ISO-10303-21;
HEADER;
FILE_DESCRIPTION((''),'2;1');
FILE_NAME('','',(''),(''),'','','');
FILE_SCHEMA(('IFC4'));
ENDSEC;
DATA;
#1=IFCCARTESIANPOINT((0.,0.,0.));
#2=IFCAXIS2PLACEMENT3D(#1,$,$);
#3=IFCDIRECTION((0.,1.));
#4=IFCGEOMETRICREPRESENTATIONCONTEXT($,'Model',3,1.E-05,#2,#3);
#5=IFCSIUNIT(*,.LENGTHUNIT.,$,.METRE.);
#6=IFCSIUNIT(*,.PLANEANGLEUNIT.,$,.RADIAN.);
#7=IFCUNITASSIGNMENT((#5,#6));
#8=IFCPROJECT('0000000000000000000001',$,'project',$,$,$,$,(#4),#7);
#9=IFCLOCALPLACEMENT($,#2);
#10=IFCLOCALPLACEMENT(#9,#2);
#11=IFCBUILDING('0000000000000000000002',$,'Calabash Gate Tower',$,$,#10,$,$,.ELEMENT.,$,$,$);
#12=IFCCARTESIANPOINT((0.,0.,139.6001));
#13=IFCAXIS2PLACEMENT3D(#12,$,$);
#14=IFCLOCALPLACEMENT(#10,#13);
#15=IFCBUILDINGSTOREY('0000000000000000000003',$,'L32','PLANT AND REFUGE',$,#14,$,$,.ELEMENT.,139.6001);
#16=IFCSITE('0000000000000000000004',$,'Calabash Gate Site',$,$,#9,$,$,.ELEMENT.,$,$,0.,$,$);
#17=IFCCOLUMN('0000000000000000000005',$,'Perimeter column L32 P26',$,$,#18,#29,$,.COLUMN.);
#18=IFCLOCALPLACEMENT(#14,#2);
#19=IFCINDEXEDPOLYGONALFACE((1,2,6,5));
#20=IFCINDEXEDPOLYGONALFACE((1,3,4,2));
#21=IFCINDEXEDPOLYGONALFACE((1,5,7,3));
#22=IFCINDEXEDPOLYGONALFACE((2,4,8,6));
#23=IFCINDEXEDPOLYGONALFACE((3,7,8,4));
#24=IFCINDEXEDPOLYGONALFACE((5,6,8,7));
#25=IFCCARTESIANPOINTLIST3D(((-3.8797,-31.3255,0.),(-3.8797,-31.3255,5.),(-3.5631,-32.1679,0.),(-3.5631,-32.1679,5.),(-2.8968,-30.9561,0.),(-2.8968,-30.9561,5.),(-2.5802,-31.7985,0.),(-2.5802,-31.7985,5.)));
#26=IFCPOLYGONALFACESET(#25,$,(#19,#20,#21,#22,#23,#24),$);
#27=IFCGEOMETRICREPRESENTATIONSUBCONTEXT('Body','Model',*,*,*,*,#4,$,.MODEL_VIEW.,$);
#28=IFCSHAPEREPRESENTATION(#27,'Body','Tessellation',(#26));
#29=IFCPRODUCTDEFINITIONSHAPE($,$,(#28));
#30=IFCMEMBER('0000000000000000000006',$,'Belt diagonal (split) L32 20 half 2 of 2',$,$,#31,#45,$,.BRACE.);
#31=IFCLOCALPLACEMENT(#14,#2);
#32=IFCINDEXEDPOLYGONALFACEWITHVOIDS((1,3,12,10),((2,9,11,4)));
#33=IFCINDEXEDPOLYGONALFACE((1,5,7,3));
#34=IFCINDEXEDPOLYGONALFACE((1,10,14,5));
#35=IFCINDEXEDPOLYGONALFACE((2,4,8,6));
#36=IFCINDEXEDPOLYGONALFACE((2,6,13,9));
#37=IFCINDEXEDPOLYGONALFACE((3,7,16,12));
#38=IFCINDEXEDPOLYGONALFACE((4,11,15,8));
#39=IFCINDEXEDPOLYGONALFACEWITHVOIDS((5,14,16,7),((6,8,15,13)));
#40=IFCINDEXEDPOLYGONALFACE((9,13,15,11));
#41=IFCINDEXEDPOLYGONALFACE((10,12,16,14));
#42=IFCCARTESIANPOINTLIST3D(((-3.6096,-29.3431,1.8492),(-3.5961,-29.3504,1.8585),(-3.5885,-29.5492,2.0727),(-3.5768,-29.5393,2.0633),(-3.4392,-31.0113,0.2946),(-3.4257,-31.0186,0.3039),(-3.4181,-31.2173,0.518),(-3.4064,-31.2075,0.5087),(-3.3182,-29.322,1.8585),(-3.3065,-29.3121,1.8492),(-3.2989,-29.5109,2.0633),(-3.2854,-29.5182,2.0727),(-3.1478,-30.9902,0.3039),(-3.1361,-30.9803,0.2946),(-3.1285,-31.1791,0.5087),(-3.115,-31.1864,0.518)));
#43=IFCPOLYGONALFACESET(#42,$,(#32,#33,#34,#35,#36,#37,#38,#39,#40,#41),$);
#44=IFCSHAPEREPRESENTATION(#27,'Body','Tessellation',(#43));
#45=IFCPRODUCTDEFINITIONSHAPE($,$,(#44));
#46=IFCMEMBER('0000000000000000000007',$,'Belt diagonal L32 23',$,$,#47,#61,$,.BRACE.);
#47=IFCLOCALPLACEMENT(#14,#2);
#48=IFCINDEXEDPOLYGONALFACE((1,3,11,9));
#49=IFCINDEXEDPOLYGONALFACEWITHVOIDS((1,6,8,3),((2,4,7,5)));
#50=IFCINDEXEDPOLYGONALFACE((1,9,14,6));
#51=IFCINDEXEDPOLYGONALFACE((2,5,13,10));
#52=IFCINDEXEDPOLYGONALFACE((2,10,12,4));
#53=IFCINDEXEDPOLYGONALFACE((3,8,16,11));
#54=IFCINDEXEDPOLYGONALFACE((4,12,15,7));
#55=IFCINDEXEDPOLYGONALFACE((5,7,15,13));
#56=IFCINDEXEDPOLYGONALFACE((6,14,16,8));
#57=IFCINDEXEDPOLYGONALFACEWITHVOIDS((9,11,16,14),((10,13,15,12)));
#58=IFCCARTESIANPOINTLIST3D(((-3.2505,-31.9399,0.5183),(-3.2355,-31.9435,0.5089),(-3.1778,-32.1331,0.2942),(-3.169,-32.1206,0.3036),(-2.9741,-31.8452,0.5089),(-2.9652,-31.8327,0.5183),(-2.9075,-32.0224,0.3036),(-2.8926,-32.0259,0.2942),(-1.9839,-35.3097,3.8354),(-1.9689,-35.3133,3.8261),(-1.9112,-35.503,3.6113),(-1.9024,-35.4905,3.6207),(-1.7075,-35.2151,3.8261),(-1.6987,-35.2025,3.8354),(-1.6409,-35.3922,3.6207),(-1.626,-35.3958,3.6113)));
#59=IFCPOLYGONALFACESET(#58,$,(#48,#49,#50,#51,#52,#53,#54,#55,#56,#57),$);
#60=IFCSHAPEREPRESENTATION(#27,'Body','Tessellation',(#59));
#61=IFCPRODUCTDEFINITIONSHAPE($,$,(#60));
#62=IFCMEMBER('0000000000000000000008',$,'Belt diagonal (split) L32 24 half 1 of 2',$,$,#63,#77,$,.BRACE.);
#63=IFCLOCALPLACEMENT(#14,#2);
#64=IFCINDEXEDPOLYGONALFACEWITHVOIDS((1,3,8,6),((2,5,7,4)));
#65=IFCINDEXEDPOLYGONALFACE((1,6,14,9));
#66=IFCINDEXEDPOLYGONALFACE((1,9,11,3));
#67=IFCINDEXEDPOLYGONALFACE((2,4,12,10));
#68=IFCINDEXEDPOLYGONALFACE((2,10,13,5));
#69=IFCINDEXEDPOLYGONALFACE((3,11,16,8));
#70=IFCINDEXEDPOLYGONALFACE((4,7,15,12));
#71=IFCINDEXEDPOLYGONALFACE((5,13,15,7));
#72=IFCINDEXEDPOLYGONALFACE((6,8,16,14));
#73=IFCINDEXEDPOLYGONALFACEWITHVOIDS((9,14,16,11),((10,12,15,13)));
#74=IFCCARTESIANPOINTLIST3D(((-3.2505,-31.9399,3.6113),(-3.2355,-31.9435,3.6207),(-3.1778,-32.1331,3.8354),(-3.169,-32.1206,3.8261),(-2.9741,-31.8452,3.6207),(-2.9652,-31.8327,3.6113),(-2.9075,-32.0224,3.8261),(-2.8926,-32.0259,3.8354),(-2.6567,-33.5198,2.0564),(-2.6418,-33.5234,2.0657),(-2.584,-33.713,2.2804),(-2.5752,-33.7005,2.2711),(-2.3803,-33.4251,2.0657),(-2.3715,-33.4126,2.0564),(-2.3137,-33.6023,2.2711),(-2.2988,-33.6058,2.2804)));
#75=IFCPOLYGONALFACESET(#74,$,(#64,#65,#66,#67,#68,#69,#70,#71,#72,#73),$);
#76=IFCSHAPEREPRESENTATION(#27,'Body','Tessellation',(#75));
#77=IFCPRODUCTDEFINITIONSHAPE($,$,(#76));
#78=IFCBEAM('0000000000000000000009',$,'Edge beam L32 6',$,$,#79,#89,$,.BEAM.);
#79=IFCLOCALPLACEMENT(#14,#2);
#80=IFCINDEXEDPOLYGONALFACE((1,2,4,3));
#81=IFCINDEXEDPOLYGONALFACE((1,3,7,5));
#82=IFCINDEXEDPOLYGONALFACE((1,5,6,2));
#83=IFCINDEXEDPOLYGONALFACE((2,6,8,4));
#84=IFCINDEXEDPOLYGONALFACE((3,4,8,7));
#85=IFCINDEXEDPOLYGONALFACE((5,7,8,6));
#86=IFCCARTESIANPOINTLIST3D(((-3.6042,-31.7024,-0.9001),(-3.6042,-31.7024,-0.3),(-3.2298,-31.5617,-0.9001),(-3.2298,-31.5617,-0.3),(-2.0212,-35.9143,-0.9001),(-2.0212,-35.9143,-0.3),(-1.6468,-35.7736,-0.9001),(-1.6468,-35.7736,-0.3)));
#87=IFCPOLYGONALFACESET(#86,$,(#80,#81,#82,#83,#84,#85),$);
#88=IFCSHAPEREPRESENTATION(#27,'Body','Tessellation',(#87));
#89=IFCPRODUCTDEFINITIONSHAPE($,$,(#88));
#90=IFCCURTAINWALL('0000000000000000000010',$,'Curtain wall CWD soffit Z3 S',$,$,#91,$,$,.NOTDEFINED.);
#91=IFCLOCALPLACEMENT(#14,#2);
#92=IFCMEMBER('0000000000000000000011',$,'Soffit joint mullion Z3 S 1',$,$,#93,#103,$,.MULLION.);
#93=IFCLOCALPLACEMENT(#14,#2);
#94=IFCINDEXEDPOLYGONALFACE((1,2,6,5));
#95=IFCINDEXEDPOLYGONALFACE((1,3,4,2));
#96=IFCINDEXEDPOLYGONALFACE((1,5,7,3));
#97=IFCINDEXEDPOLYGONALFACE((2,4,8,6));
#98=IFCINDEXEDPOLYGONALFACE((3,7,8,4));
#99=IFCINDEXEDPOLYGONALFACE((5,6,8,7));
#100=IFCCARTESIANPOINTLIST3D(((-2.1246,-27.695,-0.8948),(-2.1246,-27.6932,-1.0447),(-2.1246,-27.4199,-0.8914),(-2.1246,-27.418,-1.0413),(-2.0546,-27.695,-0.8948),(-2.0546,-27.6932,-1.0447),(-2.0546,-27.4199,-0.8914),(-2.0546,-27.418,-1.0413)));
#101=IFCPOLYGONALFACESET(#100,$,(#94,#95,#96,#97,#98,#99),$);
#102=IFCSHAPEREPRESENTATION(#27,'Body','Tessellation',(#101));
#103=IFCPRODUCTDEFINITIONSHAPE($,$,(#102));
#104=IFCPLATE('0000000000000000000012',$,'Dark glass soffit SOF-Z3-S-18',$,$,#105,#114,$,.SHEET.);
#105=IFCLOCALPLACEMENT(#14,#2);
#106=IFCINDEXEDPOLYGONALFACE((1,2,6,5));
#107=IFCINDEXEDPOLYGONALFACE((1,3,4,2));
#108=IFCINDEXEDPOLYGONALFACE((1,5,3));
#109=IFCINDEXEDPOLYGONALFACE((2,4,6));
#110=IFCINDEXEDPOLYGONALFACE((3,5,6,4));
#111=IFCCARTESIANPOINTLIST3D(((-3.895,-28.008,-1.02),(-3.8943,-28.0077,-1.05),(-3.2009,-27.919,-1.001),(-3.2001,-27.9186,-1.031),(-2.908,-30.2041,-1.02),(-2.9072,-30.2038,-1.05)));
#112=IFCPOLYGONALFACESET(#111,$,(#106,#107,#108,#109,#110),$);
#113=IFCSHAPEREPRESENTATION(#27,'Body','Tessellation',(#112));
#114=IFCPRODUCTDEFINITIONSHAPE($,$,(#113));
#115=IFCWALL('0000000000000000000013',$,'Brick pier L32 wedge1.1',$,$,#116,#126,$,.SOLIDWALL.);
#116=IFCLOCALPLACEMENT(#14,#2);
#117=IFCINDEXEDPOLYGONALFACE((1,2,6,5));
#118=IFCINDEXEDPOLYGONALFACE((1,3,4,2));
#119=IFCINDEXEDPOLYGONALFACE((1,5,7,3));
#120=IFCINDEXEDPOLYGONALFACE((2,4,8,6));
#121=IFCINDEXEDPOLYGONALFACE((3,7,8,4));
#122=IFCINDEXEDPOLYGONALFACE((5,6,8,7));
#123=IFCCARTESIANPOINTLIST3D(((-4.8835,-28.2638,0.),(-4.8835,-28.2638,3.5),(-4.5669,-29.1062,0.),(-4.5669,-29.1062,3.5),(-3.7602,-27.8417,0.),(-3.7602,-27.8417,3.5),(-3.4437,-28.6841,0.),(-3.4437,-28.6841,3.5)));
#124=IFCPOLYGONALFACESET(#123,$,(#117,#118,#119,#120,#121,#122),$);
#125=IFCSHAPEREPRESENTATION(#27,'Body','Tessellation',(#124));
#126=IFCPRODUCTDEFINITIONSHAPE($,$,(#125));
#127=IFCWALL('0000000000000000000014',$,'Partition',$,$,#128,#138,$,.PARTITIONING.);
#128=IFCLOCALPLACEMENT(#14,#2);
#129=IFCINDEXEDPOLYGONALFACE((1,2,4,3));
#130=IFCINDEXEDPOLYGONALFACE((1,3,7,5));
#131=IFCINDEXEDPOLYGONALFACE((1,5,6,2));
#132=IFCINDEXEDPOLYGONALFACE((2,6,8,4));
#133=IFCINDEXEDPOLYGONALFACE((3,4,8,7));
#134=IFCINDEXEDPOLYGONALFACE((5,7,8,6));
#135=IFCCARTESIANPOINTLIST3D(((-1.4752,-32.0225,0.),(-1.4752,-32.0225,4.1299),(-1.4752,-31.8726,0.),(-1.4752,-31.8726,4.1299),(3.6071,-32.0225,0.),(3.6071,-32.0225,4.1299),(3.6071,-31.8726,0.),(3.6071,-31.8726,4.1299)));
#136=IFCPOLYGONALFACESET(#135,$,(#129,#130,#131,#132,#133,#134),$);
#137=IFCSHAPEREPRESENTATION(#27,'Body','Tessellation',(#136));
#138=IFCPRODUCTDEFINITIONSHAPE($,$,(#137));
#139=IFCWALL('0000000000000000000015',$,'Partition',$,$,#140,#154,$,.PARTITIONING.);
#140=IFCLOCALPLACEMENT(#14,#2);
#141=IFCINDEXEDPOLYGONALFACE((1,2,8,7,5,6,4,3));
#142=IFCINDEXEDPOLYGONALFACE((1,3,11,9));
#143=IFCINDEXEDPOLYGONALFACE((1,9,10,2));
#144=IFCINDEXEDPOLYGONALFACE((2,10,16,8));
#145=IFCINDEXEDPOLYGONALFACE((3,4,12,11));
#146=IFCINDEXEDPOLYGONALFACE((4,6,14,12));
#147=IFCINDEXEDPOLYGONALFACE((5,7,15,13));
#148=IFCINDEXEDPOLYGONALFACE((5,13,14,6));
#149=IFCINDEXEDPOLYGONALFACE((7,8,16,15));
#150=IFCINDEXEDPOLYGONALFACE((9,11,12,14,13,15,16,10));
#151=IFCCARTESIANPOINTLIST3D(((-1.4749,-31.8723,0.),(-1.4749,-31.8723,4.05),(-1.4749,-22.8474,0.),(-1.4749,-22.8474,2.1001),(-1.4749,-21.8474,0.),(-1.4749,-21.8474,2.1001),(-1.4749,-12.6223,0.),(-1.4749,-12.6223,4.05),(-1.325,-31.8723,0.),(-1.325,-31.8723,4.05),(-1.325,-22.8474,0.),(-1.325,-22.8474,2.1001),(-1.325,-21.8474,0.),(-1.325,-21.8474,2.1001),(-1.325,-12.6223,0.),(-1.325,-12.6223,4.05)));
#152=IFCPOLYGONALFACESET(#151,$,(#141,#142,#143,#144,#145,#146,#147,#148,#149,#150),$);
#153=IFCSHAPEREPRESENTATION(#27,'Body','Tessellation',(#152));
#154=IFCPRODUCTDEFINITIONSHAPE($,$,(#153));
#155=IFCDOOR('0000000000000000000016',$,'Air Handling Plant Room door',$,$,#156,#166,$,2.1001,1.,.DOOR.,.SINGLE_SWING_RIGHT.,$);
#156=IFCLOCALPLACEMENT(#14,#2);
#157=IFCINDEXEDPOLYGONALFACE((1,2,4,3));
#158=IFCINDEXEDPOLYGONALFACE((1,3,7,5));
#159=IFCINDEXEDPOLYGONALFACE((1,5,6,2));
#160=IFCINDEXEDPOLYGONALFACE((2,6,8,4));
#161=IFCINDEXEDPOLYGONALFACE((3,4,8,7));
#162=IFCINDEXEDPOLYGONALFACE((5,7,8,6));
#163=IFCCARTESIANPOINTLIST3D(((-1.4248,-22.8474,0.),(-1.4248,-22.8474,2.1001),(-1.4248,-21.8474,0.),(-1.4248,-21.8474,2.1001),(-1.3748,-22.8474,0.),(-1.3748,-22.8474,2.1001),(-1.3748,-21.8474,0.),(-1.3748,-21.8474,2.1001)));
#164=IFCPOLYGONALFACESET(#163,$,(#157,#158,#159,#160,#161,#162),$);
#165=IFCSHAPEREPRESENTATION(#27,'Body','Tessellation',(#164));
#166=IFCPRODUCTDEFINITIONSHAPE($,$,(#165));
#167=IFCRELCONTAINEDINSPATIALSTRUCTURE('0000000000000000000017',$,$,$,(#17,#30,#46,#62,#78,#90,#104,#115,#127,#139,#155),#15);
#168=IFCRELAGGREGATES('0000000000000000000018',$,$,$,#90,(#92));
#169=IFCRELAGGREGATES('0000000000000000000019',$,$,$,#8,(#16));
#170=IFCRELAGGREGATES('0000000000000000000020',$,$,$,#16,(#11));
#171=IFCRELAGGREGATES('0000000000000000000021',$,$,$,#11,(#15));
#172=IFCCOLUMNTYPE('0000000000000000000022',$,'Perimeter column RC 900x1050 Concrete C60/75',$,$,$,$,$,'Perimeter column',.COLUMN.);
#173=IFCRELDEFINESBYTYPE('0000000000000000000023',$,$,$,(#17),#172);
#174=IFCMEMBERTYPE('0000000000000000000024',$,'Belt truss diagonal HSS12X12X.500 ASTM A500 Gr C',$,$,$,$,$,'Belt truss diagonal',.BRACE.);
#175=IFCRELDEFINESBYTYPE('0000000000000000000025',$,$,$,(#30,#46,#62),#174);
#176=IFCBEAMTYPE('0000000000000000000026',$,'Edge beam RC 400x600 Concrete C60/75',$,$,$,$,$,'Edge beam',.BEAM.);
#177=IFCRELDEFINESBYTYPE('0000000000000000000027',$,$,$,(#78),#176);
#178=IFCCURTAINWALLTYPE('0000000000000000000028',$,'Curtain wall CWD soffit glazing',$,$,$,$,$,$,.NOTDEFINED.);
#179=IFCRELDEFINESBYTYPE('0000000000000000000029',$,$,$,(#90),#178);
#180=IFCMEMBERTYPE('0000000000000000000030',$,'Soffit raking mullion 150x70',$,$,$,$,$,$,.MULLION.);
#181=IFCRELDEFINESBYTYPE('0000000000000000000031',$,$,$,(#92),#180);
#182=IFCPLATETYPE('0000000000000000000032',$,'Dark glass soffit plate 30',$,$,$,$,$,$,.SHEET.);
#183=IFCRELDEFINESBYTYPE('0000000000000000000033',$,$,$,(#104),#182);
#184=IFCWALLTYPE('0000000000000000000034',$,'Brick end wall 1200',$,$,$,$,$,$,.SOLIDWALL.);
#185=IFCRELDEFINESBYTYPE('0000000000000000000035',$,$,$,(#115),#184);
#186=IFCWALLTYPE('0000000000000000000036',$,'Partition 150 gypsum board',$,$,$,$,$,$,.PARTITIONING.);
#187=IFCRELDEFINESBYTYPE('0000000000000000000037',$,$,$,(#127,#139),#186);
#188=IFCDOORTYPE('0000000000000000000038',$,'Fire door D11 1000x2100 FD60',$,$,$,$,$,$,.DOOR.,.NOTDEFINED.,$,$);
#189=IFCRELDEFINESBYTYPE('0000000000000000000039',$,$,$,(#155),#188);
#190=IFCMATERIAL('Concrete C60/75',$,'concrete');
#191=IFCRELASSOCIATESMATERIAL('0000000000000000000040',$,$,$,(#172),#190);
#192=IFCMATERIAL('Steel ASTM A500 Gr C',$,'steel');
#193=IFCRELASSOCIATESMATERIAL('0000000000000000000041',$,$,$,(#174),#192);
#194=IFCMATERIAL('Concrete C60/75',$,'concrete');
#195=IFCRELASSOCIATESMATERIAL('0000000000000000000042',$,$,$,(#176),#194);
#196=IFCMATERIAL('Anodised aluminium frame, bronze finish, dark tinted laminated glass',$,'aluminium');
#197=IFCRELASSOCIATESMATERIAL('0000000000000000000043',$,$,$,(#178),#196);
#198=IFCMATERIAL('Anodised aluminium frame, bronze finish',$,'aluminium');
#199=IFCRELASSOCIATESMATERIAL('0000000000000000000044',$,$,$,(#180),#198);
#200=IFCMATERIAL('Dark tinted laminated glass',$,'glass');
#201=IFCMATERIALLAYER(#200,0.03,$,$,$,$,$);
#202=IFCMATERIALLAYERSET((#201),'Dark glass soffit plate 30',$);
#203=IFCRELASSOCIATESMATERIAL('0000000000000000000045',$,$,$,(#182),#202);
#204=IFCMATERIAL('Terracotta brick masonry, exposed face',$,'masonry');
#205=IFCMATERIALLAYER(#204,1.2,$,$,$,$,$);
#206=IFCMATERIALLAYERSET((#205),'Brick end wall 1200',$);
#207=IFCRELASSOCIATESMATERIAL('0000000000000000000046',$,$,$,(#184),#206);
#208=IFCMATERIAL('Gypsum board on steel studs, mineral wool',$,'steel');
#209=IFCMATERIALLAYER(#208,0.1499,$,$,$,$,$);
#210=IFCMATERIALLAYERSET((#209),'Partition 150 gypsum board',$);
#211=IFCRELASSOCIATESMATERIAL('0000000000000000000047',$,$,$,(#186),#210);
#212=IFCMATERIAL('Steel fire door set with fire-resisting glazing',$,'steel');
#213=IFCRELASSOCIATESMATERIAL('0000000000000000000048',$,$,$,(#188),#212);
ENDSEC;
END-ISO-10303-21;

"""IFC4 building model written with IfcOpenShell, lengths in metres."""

from ifc_helpers import new_model, si_unit, direction, frame, frame_2d, origin, origin_2d, place, context, subcontext, project, spatial, polyline, rectangle, hollow_rectangle, outline, extrude, material, layer, layer_set, material_profile, profile_set, type_object, element, fill, aggregate, save


model = new_model("IFC4")

# Units and contexts
model_context = context("Model", 3, precision=1e-05, world=origin(), true_north=direction((0.0, 1.0)))
body_context = subcontext(model_context, "Body", "Model", "MODEL_VIEW")
ifc_project = project(units=[si_unit("LENGTHUNIT", "METRE"), si_unit("PLANEANGLEUNIT", "RADIAN")], contexts=[model_context])

# Site, building, storey
site_placement = place(None, origin())
site = spatial("IfcSite", under=ifc_project, at=site_placement, Name="Calabash Gate Site", CompositionType="ELEMENT", RefElevation=0.0)
building_placement = place(site_placement, origin())
building = spatial("IfcBuilding", under=site, at=building_placement, Name="Calabash Gate Tower", CompositionType="ELEMENT")
storey_placement = place(building_placement, frame((0.0, 0.0, 139.6001)))
storey = spatial("IfcBuildingStorey", under=building, at=storey_placement, Name="L32", Description="PLANT AND REFUGE", CompositionType="ELEMENT", Elevation=139.6001)

# Column
ifc_material_1 = material(Name="Concrete C60/75", Category="concrete")
ifc_material_profile_1 = material_profile(ifc_material_1, rectangle(XDim=0.8999, YDim=1.05, at=origin_2d()))
ifc_profile_set_1 = profile_set([ifc_material_profile_1], Name="Concrete C60/75")
column_type = type_object("IfcColumnType", Name="Perimeter column RC 900x1050 Concrete C60/75", ElementType="Perimeter column", PredefinedType="COLUMN", material=ifc_profile_set_1)
column_placement = place(storey_placement, frame((-3.23, -31.562, 0.0), z_axis=(0.0, 0.0, 1.0), x_axis=(0.351822, -0.936067, 0.0)))
element("IfcColumn", 1, at=column_placement, inside=storey, type_object=column_type, Name="Perimeter column L32 P26", PredefinedType="COLUMN", context=body_context, shape_type="SweptSolid", body=[
    extrude(rectangle(XDim=0.8999, YDim=1.05, at=origin_2d()), origin(), (0.0, 0.0, 1.0), 5.0),
])

# Members
ifc_material_2 = material(Name="Steel ASTM A500 Gr C", Category="steel")
ifc_material_profile_2 = material_profile(ifc_material_2, hollow_rectangle(XDim=0.3047, YDim=0.3047, WallThickness=0.0127, at=origin_2d()))
ifc_profile_set_2 = profile_set([ifc_material_profile_2], Name="Steel ASTM A500 Gr C")
member_type_1 = type_object("IfcMemberType", Name="Belt truss diagonal HSS12X12X.500 ASTM A500 Gr C", ElementType="Belt truss diagonal", PredefinedType="BRACE", material=ifc_profile_set_2)
member_1_placement = place(storey_placement, frame((-3.4475, -29.4307, 1.9609), z_axis=(0.074522, -0.729526, -0.679881), x_axis=(0.994823, 0.101622, 0.0)))
element("IfcMember", 2, at=member_1_placement, inside=storey, type_object=member_type_1, Name="Belt diagonal (split) L32 20 half 2 of 2", PredefinedType="BRACE", context=body_context, shape_type="SweptSolid", body=[
    extrude(hollow_rectangle(XDim=0.3047, YDim=0.3047, WallThickness=0.0127, at=origin_2d()), origin(), (0.0, 0.0, 1.0), 2.2866),
])
member_2_placement = place(storey_placement, frame((-3.0715, -31.9829, 0.4062), z_axis=(0.25874, -0.688393, 0.67762), x_axis=(0.936064, 0.351829, 0.0)))
element("IfcMember", 3, at=member_2_placement, inside=storey, type_object=member_type_1, Name="Belt diagonal L32 23", PredefinedType="BRACE", context=body_context, shape_type="SweptSolid", body=[
    extrude(hollow_rectangle(XDim=0.3047, YDim=0.3047, WallThickness=0.0127, at=origin_2d()), origin(), (0.0, 0.0, 1.0), 4.8953),
])
member_3_placement = place(storey_placement, frame((-3.0715, -31.9829, 3.7234), z_axis=(0.258734, -0.688433, -0.677581), x_axis=(0.936073, 0.351805, 0.0)))
element("IfcMember", 4, at=member_3_placement, inside=storey, type_object=member_type_1, Name="Belt diagonal (split) L32 24 half 1 of 2", PredefinedType="BRACE", context=body_context, shape_type="SweptSolid", body=[
    extrude(hollow_rectangle(XDim=0.3047, YDim=0.3047, WallThickness=0.0127, at=origin_2d()), origin(), (0.0, 0.0, 1.0), 2.2949),
])

# Beam
ifc_material_3 = material(Name="Concrete C60/75", Category="concrete")
ifc_material_profile_3 = material_profile(ifc_material_3, rectangle(XDim=0.3999, YDim=0.6001, at=origin_2d()))
ifc_profile_set_3 = profile_set([ifc_material_profile_3], Name="Concrete C60/75")
beam_type = type_object("IfcBeamType", Name="Edge beam RC 400x600 Concrete C60/75", ElementType="Edge beam", PredefinedType="BEAM", material=ifc_profile_set_3)
beam_placement = place(storey_placement, frame((-3.417, -31.6321, -0.6001), z_axis=(0.351813, -0.93607, 0.0), x_axis=(0.93607, 0.351813, 0.0)))
element("IfcBeam", 5, at=beam_placement, inside=storey, type_object=beam_type, Name="Edge beam L32 6", PredefinedType="BEAM", context=body_context, shape_type="SweptSolid", body=[
    extrude(rectangle(XDim=0.3999, YDim=0.6001, at=origin_2d()), origin(), (0.0, 0.0, 1.0), 4.4995),
])

# Curtain wall, member
ifc_material_4 = material(Name="Anodised aluminium frame, bronze finish, dark tinted laminated glass", Category="aluminium")
curtain_wall_type = type_object("IfcCurtainWallType", Name="Curtain wall CWD soffit glazing", PredefinedType="NOTDEFINED", material=ifc_material_4)
curtain_wall_placement = place(storey_placement, origin())
curtain_wall = element("IfcCurtainWall", 6, at=curtain_wall_placement, inside=storey, type_object=curtain_wall_type, Name="Curtain wall CWD soffit Z3 S", PredefinedType="NOTDEFINED")
ifc_material_5 = material(Name="Anodised aluminium frame, bronze finish", Category="aluminium")
ifc_material_profile_4 = material_profile(ifc_material_5, rectangle(XDim=0.1499, YDim=0.0701, at=origin_2d()))
ifc_profile_set_4 = profile_set([ifc_material_profile_4], Name="Anodised aluminium frame, bronze finish")
member_type_2 = type_object("IfcMemberType", Name="Soffit raking mullion 150x70", PredefinedType="MULLION", material=ifc_profile_set_4)
member_4_placement = place(storey_placement, frame((-2.0896, -27.6941, -0.9697), z_axis=(0.0, 0.999923, 0.012421), x_axis=(0.0, -0.012421, 0.999923)))
member_4 = element("IfcMember", 7, at=member_4_placement, type_object=member_type_2, Name="Soffit joint mullion Z3 S 1", PredefinedType="MULLION", context=body_context, shape_type="SweptSolid", body=[
    extrude(rectangle(XDim=0.1499, YDim=0.0701, at=origin_2d()), origin(), (0.0, 0.0, 1.0), 0.2751),
])
aggregate(curtain_wall, [member_4])

# Plate
ifc_material_6 = material(Name="Dark tinted laminated glass", Category="glass")
ifc_layer_1 = layer(ifc_material_6, 0.03)
ifc_layer_set_1 = layer_set([ifc_layer_1], Name="Dark glass soffit plate 30")
plate_type = type_object("IfcPlateType", Name="Dark glass soffit plate 30", PredefinedType="SHEET", material=ifc_layer_set_1)
plate_placement = place(storey_placement, frame((-2.908, -30.2041, -1.02), z_axis=(-0.025928, -0.011654, 0.999596), x_axis=(-0.409964, 0.912102, 0.0)))
element("IfcPlate", 8, at=plate_placement, inside=storey, type_object=plate_type, Name="Dark glass soffit SOF-Z3-S-18", PredefinedType="SHEET", context=body_context, shape_type="SweptSolid", body=[
    extrude(outline(polyline([(0.0, 0.0), (2.4077, 0.0), (2.2043, -0.6699), (0.0, 0.0)])), origin(), (0.0, 0.0, -1.0), 0.03),
])

# Walls
ifc_material_7 = material(Name="Terracotta brick masonry, exposed face", Category="masonry")
ifc_layer_2 = layer(ifc_material_7, 1.2)
ifc_layer_set_2 = layer_set([ifc_layer_2], Name="Brick end wall 1200")
wall_type_1 = type_object("IfcWallType", Name="Brick end wall 1200", PredefinedType="SOLIDWALL", material=ifc_layer_set_2)
wall_1_placement = place(storey_placement, frame((-4.7253, -28.6851, 0.0), z_axis=(0.0, 0.0, 1.0), x_axis=(0.936086, 0.35177, 0.0)))
element("IfcWall", 9, at=wall_1_placement, inside=storey, type_object=wall_type_1, Name="Brick pier L32 wedge1.1", PredefinedType="SOLIDWALL", context=body_context, shape_type="SweptSolid", body=[
    extrude(rectangle(XDim=1.2, YDim=0.8999, at=frame_2d((0.6001, 0.0))), origin(), (0.0, 0.0, 1.0), 3.5),
])
ifc_material_8 = material(Name="Gypsum board on steel studs, mineral wool", Category="steel")
ifc_layer_3 = layer(ifc_material_8, 0.1499)
ifc_layer_set_3 = layer_set([ifc_layer_3], Name="Partition 150 gypsum board")
wall_type_2 = type_object("IfcWallType", Name="Partition 150 gypsum board", PredefinedType="PARTITIONING", material=ifc_layer_set_3)
wall_2_placement = place(storey_placement, frame((-1.4751, -31.9475, 0.0), z_axis=(0.0, 0.0, 1.0), x_axis=(1.0, 0.0, 0.0)))
element("IfcWall", 10, at=wall_2_placement, inside=storey, type_object=wall_type_2, Name="Partition", PredefinedType="PARTITIONING", context=body_context, shape_type="SweptSolid", body=[
    extrude(rectangle(XDim=5.0823, YDim=0.1499, at=frame_2d((2.541, 0.0))), origin(), (0.0, 0.0, 1.0), 4.1299),
])

# Wall, opening, door
wall_3_placement = place(storey_placement, frame((-1.3999, -31.8723, 0.0), z_axis=(0.0, 0.0, 1.0), x_axis=(0.0, 1.0, 0.0)))
wall_3 = element("IfcWall", 11, at=wall_3_placement, inside=storey, type_object=wall_type_2, Name="Partition", PredefinedType="PARTITIONING", context=body_context, shape_type="SweptSolid", body=[
    extrude(rectangle(XDim=19.25, YDim=0.1499, at=frame_2d((9.625, 0.0))), origin(), (0.0, 0.0, 1.0), 4.05),
])
opening_placement = place(wall_3_placement, frame((9.0249, 0.0, 0.0)))
opening = element("IfcOpeningElement", 12, at=opening_placement, cuts=wall_3, PredefinedType="OPENING", context=body_context, shape_type="SweptSolid", body=[
    extrude(rectangle(XDim=1.0, YDim=2.1001, at=frame_2d((0.5, 1.05))), frame((0.0, 0.085, 0.0), z_axis=(0.0, -1.0, 0.0), x_axis=(1.0, 0.0, 0.0)), (0.0, 0.0, 1.0), 0.1699),
])
ifc_material_9 = material(Name="Steel fire door set with fire-resisting glazing", Category="steel")
door_type = type_object("IfcDoorType", Name="Fire door D11 1000x2100 FD60", OperationType="NOTDEFINED", PredefinedType="DOOR", material=ifc_material_9)
door_placement = place(opening_placement, origin())
door = element("IfcDoor", 13, at=door_placement, inside=storey, type_object=door_type, Name="Air Handling Plant Room door", OperationType="SINGLE_SWING_RIGHT", OverallHeight=2.1001, OverallWidth=1.0, PredefinedType="DOOR", context=body_context, shape_type="SweptSolid", body=[
    extrude(rectangle(XDim=1.0, YDim=2.1001, at=frame_2d((0.5, 1.05))), frame((0.0, 0.0249, 0.0), z_axis=(0.0, -1.0, 0.0), x_axis=(1.0, 0.0, 0.0)), (0.0, 0.0, 1.0), 0.05),
])
fill(opening, door)

save(model, "model.ifc")
